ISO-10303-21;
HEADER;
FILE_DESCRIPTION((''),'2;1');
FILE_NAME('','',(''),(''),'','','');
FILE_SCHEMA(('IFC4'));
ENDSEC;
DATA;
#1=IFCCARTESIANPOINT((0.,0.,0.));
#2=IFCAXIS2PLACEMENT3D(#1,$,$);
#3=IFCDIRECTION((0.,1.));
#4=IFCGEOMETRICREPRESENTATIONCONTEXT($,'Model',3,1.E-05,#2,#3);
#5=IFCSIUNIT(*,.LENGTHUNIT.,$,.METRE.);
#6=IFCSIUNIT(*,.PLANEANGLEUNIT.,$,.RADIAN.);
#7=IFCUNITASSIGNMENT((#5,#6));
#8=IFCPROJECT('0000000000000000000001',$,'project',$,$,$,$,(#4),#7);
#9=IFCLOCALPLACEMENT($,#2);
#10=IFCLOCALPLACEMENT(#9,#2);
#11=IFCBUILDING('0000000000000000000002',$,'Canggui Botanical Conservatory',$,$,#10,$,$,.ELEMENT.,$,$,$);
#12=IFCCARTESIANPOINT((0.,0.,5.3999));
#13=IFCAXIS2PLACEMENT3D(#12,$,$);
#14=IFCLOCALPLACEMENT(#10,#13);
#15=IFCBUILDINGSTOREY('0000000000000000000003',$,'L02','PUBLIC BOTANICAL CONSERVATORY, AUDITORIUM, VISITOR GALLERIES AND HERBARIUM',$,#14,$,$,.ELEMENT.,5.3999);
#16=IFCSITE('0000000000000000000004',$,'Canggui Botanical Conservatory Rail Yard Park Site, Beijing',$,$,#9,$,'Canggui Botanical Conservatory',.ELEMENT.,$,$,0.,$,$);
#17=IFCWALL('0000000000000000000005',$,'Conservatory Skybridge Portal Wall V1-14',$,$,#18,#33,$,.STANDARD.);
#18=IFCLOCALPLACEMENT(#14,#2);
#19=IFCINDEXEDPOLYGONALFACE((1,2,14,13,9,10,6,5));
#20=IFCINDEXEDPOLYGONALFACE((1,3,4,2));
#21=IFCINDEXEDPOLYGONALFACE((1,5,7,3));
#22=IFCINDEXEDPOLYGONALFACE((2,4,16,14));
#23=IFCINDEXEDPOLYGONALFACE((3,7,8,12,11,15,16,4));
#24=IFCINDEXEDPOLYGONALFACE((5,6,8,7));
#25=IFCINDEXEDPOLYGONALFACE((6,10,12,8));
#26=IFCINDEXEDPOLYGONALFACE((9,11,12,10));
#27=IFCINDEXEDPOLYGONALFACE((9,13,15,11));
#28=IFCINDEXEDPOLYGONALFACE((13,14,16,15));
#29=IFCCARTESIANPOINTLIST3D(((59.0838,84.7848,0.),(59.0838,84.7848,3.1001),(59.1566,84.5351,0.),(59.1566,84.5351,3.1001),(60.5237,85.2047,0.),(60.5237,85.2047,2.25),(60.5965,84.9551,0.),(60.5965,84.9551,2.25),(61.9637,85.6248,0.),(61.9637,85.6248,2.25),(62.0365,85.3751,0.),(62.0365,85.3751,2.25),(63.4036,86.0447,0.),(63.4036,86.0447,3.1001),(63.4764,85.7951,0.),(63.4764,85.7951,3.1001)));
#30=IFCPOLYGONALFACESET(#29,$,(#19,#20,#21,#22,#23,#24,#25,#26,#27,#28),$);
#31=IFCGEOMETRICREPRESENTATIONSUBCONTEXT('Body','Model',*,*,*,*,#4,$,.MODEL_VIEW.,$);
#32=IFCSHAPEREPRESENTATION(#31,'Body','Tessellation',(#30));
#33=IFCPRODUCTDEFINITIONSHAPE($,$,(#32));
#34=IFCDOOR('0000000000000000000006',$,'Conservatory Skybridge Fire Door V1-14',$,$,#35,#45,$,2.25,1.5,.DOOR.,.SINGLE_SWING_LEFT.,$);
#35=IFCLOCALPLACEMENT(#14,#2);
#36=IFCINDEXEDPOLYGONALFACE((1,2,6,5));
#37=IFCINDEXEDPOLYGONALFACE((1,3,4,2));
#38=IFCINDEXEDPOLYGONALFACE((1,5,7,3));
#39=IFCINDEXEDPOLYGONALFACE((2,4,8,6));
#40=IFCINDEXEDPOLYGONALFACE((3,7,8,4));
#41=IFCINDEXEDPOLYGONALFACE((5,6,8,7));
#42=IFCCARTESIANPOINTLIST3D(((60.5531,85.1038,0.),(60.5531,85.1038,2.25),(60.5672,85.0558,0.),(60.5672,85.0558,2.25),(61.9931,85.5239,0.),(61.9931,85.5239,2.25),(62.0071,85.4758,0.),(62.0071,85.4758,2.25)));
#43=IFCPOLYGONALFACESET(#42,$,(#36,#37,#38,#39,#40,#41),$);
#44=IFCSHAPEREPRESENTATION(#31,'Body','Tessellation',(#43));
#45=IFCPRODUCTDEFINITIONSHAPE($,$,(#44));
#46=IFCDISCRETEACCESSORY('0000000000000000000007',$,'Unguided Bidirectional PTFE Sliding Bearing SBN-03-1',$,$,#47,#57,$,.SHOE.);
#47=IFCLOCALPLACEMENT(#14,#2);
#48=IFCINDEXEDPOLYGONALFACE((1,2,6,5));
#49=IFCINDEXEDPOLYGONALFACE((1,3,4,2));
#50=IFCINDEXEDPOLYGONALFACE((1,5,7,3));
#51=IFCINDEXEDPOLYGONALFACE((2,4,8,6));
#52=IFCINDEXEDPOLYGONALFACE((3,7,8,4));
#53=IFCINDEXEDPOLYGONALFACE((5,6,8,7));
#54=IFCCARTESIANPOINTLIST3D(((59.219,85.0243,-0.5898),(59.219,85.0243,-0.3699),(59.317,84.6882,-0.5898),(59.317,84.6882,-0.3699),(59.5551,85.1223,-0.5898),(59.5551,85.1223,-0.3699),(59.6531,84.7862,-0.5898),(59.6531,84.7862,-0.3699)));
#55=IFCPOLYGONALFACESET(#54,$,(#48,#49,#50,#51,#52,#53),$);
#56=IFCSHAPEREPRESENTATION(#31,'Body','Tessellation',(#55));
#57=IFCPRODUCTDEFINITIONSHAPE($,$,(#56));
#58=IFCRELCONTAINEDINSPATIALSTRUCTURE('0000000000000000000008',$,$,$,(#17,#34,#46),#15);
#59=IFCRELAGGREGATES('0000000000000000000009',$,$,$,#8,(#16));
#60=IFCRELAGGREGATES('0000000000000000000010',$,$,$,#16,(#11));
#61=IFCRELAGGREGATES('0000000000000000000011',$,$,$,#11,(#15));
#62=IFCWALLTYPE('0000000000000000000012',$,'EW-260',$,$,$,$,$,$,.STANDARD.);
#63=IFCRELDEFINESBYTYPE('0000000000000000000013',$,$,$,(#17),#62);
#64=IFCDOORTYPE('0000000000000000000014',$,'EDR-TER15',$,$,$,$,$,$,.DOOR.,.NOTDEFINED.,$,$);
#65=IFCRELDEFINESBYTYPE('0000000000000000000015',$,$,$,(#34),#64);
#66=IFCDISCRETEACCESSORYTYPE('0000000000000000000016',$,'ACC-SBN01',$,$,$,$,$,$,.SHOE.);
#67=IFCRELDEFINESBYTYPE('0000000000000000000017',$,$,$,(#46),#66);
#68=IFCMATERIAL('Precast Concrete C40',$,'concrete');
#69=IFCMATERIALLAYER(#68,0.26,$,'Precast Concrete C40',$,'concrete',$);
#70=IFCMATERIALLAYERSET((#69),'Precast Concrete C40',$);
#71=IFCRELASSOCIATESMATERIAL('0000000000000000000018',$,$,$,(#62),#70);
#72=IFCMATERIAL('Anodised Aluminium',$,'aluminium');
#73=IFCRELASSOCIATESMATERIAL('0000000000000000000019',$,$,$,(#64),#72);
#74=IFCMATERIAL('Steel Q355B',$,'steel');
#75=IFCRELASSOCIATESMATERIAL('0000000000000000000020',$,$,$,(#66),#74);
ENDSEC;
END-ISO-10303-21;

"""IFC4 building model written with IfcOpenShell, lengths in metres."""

from ifc_helpers import new_model, si_unit, direction, frame, frame_2d, origin, origin_2d, place, context, subcontext, project, spatial, rectangle, extrude, material, layer, layer_set, type_object, element, fill, save


model = new_model("IFC4")

# Units and contexts
model_context = context("Model", 3, precision=1e-05, world=origin(), true_north=direction((0.0, 1.0)))
body_context = subcontext(model_context, "Body", "Model", "MODEL_VIEW")
ifc_project = project(units=[si_unit("LENGTHUNIT", "METRE"), si_unit("PLANEANGLEUNIT", "RADIAN")], contexts=[model_context])

# Site, building, storey
site_placement = place(None, origin())
site = spatial("IfcSite", under=ifc_project, at=site_placement, Name="Canggui Botanical Conservatory Rail Yard Park Site, Beijing", LongName="Canggui Botanical Conservatory", CompositionType="ELEMENT", RefElevation=0.0)
building_placement = place(site_placement, origin())
building = spatial("IfcBuilding", under=site, at=building_placement, Name="Canggui Botanical Conservatory", CompositionType="ELEMENT")
storey_placement = place(building_placement, frame((0.0, 0.0, 5.3999)))
storey = spatial("IfcBuildingStorey", under=building, at=storey_placement, Name="L02", Description="PUBLIC BOTANICAL CONSERVATORY, AUDITORIUM, VISITOR GALLERIES AND HERBARIUM", CompositionType="ELEMENT", Elevation=5.3999)

# Shared definitions
ifc_material_1 = material(Name="Steel Q355B", Category="steel")

# Wall, opening, door
ifc_material_2 = material(Name="Precast Concrete C40", Category="concrete")
ifc_layer_1 = layer(ifc_material_2, 0.26, Name="Precast Concrete C40", Category="concrete")
ifc_layer_set_1 = layer_set([ifc_layer_1], Name="Precast Concrete C40")
wall_type = type_object("IfcWallType", Name="EW-260", PredefinedType="STANDARD", material=ifc_layer_set_1)
wall_placement = place(storey_placement, frame((59.1201, 84.6599, 0.0), z_axis=(0.0, 0.0, 1.0), x_axis=(0.959996, 0.280013, 0.0)))
wall = element("IfcWall", 1, at=wall_placement, inside=storey, type_object=wall_type, Name="Conservatory Skybridge Portal Wall V1-14", PredefinedType="STANDARD", context=body_context, shape_type="SweptSolid", body=[
    extrude(rectangle(XDim=4.4998, YDim=0.26, at=frame_2d((2.25, 0.0))), origin(), (0.0, 0.0, 1.0), 3.1001),
])
opening_placement = place(wall_placement, frame((1.5, 0.0, 0.0)))
opening = element("IfcOpeningElement", 2, at=opening_placement, cuts=wall, PredefinedType="OPENING", context=body_context, shape_type="SweptSolid", body=[
    extrude(rectangle(XDim=1.5, YDim=2.25, at=frame_2d((0.75, 1.125))), frame((0.0, 0.1401, 0.0), z_axis=(0.0, -1.0, 0.0), x_axis=(1.0, 0.0, 0.0)), (0.0, 0.0, 1.0), 0.28),
])
ifc_material_3 = material(Name="Anodised Aluminium", Category="aluminium")
door_type = type_object("IfcDoorType", Name="EDR-TER15", OperationType="NOTDEFINED", PredefinedType="DOOR", material=ifc_material_3)
door_placement = place(opening_placement, origin())
door = element("IfcDoor", 3, at=door_placement, inside=storey, type_object=door_type, Name="Conservatory Skybridge Fire Door V1-14", OperationType="SINGLE_SWING_LEFT", OverallHeight=2.25, OverallWidth=1.5, PredefinedType="DOOR", context=body_context, shape_type="SweptSolid", body=[
    extrude(rectangle(XDim=1.5, YDim=2.25, at=frame_2d((0.75, 1.125))), frame((0.0, 0.0249, 0.0), z_axis=(0.0, -1.0, 0.0), x_axis=(1.0, 0.0, 0.0)), (0.0, 0.0, 1.0), 0.05),
])
fill(opening, door)

# Discrete accessory
discrete_accessory_type = type_object("IfcDiscreteAccessoryType", Name="ACC-SBN01", PredefinedType="SHOE", material=ifc_material_1)
discrete_accessory_placement = place(storey_placement, frame((59.436, 84.9053, -0.5898), z_axis=(0.0, 0.0, 1.0), x_axis=(0.96, 0.28, 0.0)))
element("IfcDiscreteAccessory", 4, at=discrete_accessory_placement, inside=storey, type_object=discrete_accessory_type, Name="Unguided Bidirectional PTFE Sliding Bearing SBN-03-1", PredefinedType="SHOE", context=body_context, shape_type="SweptSolid", body=[
    extrude(rectangle(XDim=0.3501, YDim=0.3501, at=origin_2d()), origin(), (0.0, 0.0, 1.0), 0.22),
])

save(model, "model.ifc")
